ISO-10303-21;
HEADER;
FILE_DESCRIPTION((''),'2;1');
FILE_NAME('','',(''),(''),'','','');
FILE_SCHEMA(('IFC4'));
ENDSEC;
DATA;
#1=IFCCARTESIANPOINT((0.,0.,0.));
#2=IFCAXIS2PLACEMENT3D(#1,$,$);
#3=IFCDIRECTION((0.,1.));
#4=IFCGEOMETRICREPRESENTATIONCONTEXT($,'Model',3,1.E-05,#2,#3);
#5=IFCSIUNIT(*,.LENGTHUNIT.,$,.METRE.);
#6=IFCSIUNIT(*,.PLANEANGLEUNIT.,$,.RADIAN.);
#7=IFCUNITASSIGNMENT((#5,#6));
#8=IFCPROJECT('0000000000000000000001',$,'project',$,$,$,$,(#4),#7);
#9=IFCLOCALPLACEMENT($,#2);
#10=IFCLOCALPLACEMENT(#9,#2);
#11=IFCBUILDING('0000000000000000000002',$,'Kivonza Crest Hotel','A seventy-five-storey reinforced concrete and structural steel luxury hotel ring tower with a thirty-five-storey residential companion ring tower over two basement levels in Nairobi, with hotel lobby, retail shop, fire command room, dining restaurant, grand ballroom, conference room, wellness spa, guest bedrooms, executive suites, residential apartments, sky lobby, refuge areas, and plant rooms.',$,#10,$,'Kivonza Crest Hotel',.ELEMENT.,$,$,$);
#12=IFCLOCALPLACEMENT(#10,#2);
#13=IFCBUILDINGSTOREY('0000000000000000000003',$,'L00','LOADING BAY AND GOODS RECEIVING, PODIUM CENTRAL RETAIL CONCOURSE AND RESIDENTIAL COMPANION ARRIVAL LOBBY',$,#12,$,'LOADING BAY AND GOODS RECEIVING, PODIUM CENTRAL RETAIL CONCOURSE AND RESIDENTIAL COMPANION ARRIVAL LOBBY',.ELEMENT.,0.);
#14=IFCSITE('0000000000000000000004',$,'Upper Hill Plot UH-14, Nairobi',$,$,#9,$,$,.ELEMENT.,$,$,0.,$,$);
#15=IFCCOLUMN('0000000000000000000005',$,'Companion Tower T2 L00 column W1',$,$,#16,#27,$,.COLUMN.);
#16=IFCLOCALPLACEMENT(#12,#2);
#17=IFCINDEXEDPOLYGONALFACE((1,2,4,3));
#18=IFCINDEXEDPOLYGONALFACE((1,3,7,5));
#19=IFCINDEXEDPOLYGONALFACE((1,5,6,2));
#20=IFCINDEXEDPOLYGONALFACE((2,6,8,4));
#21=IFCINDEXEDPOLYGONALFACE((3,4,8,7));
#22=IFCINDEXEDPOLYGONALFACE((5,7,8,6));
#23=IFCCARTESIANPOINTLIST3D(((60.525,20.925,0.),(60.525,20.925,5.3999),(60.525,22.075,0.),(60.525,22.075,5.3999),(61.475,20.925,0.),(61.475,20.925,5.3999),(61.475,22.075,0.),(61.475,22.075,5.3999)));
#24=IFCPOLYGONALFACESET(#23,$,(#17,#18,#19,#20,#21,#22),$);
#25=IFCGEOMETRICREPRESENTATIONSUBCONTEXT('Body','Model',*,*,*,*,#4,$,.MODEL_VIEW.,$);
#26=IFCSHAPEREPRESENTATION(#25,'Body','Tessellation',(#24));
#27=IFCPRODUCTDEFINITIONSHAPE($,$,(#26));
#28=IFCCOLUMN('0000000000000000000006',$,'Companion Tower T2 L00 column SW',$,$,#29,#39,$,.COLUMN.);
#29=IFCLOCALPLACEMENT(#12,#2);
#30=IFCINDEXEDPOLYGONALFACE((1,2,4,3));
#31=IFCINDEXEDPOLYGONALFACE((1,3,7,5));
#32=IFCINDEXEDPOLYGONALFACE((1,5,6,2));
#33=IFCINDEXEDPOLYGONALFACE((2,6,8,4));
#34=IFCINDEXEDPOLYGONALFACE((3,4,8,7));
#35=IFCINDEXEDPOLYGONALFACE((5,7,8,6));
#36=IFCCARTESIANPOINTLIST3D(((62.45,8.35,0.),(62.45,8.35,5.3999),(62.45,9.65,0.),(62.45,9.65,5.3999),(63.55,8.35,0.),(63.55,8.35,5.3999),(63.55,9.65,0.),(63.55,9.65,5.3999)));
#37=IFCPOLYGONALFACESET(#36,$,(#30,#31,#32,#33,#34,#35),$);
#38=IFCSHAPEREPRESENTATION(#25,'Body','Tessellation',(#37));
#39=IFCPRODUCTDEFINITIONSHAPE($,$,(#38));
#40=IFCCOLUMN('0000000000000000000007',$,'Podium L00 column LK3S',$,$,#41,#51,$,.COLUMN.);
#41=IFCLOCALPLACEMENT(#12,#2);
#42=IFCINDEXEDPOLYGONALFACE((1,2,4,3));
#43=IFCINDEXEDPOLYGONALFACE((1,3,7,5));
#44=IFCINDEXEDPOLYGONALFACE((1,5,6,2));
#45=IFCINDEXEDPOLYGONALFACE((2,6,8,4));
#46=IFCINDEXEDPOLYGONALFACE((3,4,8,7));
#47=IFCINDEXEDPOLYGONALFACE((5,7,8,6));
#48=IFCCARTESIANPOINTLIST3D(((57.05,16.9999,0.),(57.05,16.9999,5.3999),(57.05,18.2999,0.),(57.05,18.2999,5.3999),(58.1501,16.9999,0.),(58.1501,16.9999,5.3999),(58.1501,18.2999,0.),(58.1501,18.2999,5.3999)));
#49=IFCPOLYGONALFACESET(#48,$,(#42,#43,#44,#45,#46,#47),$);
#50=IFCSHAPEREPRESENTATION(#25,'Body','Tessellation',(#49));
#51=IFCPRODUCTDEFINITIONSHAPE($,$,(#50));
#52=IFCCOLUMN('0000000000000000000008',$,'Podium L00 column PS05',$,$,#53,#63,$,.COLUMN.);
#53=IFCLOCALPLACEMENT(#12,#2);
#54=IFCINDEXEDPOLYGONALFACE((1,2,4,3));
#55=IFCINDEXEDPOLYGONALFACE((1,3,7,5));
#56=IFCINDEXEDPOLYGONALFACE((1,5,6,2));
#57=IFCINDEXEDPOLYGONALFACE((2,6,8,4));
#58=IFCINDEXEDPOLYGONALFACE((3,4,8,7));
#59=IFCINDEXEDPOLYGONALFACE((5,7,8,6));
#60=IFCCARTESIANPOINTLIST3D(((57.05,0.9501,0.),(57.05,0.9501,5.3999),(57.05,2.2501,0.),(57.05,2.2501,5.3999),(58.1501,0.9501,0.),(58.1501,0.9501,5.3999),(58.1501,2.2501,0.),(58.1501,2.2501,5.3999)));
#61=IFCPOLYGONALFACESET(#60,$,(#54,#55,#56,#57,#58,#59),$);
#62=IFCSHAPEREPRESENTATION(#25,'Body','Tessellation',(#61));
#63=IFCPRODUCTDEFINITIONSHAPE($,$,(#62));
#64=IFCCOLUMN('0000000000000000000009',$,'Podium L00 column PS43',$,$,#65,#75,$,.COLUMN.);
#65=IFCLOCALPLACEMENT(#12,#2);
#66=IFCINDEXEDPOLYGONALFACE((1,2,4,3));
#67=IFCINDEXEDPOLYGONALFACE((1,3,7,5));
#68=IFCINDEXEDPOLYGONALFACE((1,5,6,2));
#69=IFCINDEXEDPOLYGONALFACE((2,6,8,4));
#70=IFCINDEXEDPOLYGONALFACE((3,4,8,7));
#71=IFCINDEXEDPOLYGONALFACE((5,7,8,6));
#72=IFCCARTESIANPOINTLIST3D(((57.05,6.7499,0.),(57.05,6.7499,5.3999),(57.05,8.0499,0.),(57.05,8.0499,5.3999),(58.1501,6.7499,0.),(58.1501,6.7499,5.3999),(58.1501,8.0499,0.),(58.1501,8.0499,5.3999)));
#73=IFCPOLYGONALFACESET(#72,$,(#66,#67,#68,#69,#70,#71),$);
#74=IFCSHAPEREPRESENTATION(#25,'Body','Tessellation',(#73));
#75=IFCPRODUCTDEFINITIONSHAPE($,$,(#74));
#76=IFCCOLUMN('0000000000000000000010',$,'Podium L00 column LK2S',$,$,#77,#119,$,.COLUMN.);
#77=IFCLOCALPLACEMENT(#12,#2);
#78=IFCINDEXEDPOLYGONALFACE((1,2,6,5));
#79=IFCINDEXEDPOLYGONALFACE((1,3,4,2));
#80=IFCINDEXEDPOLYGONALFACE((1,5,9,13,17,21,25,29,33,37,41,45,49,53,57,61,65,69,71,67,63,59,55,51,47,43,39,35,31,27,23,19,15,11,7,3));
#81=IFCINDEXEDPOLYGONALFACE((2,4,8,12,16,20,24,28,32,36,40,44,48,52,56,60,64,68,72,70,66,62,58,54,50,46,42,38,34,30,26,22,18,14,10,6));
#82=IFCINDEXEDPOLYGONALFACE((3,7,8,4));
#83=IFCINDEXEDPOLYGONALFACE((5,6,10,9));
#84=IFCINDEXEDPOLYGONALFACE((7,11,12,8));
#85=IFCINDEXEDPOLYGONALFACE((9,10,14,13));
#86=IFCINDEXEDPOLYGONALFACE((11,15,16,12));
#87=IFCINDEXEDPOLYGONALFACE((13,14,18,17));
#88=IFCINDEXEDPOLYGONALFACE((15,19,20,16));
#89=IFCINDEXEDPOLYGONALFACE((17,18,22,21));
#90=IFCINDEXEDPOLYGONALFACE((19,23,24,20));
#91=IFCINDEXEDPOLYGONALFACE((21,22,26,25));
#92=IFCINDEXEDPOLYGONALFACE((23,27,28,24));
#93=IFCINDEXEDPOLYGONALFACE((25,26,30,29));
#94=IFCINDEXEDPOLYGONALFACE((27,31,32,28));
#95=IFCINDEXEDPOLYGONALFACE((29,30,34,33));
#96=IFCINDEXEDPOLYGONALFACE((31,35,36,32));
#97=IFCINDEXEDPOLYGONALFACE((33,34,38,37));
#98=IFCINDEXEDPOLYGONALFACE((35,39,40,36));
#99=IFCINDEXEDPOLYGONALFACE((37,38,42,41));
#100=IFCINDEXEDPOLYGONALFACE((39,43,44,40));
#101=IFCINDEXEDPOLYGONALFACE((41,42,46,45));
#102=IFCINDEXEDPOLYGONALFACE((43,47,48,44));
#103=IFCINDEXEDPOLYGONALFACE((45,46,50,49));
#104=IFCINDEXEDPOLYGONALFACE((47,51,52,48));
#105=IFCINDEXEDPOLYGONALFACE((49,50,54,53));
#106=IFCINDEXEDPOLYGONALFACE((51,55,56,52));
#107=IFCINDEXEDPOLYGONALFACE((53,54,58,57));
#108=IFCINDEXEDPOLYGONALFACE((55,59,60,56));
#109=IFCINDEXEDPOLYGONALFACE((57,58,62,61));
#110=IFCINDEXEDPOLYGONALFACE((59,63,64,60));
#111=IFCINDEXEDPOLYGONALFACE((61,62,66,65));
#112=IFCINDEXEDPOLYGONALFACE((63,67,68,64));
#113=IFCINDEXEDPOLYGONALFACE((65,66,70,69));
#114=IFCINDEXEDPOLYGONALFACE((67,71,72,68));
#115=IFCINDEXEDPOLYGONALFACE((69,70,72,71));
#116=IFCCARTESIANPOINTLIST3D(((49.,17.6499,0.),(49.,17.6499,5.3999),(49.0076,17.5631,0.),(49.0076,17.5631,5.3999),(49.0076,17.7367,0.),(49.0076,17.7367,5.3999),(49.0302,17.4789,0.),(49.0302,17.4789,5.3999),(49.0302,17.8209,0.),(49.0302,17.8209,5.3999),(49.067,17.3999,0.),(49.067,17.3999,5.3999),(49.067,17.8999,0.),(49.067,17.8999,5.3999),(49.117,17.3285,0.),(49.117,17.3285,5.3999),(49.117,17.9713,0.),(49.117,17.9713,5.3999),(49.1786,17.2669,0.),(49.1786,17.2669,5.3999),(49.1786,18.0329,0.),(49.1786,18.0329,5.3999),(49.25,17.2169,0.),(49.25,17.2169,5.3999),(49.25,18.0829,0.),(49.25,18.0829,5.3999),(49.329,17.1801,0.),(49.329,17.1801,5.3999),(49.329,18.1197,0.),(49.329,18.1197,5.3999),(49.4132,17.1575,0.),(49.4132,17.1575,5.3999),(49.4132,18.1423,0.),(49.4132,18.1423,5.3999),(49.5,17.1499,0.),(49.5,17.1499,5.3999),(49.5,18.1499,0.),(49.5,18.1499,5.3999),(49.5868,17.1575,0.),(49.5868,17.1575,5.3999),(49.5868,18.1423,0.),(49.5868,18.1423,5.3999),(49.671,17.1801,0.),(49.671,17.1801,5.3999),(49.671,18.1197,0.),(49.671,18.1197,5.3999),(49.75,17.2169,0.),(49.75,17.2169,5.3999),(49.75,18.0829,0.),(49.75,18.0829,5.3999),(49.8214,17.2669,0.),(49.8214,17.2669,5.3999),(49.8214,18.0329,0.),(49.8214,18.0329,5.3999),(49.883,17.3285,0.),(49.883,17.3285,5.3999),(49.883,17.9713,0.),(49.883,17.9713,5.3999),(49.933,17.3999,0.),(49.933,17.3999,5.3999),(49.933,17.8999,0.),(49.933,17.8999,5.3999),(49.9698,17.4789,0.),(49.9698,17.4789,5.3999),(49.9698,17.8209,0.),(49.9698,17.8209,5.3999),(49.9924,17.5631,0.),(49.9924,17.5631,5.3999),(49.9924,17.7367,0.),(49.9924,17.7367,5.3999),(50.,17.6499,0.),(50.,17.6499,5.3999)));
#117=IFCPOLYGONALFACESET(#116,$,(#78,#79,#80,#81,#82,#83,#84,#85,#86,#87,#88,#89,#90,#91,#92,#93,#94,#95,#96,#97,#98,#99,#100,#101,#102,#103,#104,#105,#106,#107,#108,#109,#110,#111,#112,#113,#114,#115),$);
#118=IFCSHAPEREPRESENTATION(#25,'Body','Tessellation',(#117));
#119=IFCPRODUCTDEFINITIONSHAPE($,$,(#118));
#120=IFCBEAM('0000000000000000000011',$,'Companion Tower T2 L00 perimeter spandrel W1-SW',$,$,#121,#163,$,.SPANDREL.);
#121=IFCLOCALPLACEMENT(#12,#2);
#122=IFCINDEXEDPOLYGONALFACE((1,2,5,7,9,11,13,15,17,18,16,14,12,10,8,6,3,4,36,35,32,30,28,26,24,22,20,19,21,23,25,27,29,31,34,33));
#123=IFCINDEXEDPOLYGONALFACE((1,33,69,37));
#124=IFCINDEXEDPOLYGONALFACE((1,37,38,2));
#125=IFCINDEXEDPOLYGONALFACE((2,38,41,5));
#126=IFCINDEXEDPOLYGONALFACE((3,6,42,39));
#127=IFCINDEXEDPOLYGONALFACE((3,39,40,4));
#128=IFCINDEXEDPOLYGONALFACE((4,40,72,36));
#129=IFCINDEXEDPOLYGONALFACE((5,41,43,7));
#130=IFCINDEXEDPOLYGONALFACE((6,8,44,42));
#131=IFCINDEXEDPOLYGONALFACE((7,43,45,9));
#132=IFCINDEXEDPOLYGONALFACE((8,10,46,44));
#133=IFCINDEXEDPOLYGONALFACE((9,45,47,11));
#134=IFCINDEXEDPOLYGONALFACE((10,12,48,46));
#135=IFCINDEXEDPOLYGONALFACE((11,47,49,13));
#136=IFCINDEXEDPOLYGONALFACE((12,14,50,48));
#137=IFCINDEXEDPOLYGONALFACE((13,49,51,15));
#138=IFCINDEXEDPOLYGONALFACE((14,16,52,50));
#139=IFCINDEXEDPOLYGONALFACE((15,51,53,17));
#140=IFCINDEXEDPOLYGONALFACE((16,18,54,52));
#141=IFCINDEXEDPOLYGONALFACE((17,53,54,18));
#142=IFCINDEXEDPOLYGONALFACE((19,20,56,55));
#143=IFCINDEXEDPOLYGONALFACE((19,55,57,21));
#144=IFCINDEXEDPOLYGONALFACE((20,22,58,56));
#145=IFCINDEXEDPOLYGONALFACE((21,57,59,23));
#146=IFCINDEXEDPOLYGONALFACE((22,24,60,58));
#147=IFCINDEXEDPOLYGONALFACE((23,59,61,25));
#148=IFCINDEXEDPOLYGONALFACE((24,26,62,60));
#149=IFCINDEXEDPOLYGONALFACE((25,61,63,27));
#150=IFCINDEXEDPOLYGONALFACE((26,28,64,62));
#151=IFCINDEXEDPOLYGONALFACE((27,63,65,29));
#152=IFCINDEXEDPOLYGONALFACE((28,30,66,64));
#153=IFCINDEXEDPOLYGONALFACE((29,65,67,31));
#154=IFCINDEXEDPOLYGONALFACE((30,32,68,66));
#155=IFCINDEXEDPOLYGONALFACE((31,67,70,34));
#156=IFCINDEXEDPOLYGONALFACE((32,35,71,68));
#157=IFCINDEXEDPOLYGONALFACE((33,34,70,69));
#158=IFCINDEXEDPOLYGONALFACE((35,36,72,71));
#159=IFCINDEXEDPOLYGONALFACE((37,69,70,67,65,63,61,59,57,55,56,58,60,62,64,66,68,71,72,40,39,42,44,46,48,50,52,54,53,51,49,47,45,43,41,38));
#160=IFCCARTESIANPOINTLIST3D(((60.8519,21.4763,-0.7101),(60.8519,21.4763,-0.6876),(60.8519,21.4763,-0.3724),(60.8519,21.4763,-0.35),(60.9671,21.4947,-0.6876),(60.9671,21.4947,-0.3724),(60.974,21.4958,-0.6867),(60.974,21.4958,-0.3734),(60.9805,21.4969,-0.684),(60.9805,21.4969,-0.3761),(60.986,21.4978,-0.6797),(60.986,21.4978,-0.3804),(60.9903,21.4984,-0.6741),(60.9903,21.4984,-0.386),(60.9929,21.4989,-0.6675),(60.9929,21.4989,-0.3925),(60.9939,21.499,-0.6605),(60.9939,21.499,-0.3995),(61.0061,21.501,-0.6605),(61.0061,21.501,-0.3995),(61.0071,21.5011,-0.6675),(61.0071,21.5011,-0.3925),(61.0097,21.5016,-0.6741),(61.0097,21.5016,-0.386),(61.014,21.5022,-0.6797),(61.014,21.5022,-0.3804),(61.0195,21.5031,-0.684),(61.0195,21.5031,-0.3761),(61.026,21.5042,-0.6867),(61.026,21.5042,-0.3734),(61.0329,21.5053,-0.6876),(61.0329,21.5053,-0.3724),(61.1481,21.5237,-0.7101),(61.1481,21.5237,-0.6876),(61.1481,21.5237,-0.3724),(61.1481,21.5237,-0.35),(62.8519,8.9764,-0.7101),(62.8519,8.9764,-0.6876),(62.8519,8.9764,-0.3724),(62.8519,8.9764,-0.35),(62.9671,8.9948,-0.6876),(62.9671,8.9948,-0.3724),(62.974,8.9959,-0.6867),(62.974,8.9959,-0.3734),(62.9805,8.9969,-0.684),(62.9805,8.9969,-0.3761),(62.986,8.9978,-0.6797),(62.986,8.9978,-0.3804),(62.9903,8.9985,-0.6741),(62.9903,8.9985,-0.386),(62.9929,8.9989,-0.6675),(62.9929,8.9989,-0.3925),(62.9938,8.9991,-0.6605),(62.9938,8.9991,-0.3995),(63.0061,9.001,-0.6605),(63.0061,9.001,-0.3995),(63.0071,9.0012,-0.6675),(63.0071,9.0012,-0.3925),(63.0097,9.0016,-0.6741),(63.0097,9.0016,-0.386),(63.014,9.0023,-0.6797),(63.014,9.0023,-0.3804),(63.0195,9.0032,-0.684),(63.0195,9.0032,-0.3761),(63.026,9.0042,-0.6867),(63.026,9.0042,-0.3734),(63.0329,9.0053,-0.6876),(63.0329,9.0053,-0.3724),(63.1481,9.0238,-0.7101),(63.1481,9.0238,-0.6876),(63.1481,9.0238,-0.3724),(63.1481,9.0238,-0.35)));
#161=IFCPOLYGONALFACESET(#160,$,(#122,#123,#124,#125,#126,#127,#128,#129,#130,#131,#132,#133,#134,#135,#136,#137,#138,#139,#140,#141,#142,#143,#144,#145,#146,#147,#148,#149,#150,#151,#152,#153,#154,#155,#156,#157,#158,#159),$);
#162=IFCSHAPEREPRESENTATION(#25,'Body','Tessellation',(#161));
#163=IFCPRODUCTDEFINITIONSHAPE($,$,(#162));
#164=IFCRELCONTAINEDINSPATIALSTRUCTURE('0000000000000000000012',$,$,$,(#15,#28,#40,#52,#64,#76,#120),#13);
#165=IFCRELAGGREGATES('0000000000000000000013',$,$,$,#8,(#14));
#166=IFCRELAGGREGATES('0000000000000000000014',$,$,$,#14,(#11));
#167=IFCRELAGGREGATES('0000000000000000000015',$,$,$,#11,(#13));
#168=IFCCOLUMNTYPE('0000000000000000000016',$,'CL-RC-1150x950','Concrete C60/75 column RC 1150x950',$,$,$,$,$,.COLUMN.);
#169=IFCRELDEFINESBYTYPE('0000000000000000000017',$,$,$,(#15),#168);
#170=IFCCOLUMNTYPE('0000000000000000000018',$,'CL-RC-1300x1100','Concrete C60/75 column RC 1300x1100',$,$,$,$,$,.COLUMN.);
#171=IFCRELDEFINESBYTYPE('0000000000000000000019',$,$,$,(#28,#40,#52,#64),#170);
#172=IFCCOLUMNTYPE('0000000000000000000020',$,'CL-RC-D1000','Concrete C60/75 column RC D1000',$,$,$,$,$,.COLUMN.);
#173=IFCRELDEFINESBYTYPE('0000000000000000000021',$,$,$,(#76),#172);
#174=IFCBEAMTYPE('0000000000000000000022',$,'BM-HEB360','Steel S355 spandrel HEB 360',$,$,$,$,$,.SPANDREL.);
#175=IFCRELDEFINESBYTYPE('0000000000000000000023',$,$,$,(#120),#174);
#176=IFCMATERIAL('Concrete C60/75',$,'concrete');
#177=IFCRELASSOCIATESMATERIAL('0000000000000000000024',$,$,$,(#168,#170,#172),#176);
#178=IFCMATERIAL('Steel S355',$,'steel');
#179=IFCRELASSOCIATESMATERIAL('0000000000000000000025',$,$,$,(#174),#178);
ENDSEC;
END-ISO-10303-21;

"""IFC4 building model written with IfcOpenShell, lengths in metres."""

from ifc_helpers import new_model, si_unit, direction, frame, origin, origin_2d, place, context, subcontext, project, spatial, rectangle, circle, i_section, extrude, material, material_profile, profile_set, type_object, element, save


model = new_model("IFC4")

# Units and contexts
model_context = context("Model", 3, precision=1e-05, world=origin(), true_north=direction((0.0, 1.0)))
body_context = subcontext(model_context, "Body", "Model", "MODEL_VIEW")
ifc_project = project(units=[si_unit("LENGTHUNIT", "METRE"), si_unit("PLANEANGLEUNIT", "RADIAN")], contexts=[model_context])

# Site, building, storey
site_placement = place(None, origin())
site = spatial("IfcSite", under=ifc_project, at=site_placement, Name="Upper Hill Plot UH-14, Nairobi", CompositionType="ELEMENT", RefElevation=0.0)
building_placement = place(site_placement, origin())
building = spatial("IfcBuilding", under=site, at=building_placement, Name="Kivonza Crest Hotel", Description="A seventy-five-storey reinforced concrete and structural steel luxury hotel ring tower with a thirty-five-storey residential companion ring tower over two basement levels in Nairobi, with hotel lobby, retail shop, fire command room, dining restaurant, grand ballroom, conference room, wellness spa, guest bedrooms, executive suites, residential apartments, sky lobby, refuge areas, and plant rooms.", LongName="Kivonza Crest Hotel", CompositionType="ELEMENT")
storey_placement = place(building_placement, origin())
storey = spatial("IfcBuildingStorey", under=building, at=storey_placement, Name="L00", Description="LOADING BAY AND GOODS RECEIVING, PODIUM CENTRAL RETAIL CONCOURSE AND RESIDENTIAL COMPANION ARRIVAL LOBBY", LongName="LOADING BAY AND GOODS RECEIVING, PODIUM CENTRAL RETAIL CONCOURSE AND RESIDENTIAL COMPANION ARRIVAL LOBBY", CompositionType="ELEMENT", Elevation=0.0)

# Columns
ifc_material_1 = material(Name="Concrete C60/75", Category="concrete")
ifc_material_profile_1 = material_profile(ifc_material_1, rectangle(XDim=0.95, YDim=1.1499, at=origin_2d()), Name="RC 1150x950")
ifc_profile_set_1 = profile_set([ifc_material_profile_1], Name="Concrete C60/75")
column_type_1 = type_object("IfcColumnType", Name="CL-RC-1150x950", Description="Concrete C60/75 column RC 1150x950", PredefinedType="COLUMN", material=ifc_profile_set_1)
column_1_placement = place(storey_placement, frame((61.0, 21.5, 0.0), z_axis=(0.0, 0.0, 1.0), x_axis=(1.0, 0.0, 0.0)))
element("IfcColumn", 1, at=column_1_placement, inside=storey, type_object=column_type_1, Name="Companion Tower T2 L00 column W1", PredefinedType="COLUMN", context=body_context, shape_type="SweptSolid", body=[
    extrude(rectangle(XDim=0.95, YDim=1.1499, at=origin_2d()), origin(), (0.0, 0.0, 1.0), 5.3999),
])
ifc_material_profile_2 = material_profile(ifc_material_1, rectangle(XDim=1.1001, YDim=1.3, at=origin_2d()), Name="RC 1300x1100")
ifc_profile_set_2 = profile_set([ifc_material_profile_2], Name="Concrete C60/75")
column_type_2 = type_object("IfcColumnType", Name="CL-RC-1300x1100", Description="Concrete C60/75 column RC 1300x1100", PredefinedType="COLUMN", material=ifc_profile_set_2)
for number, where, z_axis, x_axis, name in (
    (2, (63.0, 9.0, 0.0), (0.0, 0.0, 1.0), (1.0, 0.0, 0.0), "Companion Tower T2 L00 column SW"),
    (3, (57.6001, 17.6499, 0.0), (0.0, 0.0, 1.0), (1.0, 0.0, 0.0), "Podium L00 column LK3S"),
    (4, (57.6001, 1.6001, 0.0), (0.0, 0.0, 1.0), (1.0, 0.0, 0.0), "Podium L00 column PS05"),
    (5, (57.6001, 7.3999, 0.0), (0.0, 0.0, 1.0), (1.0, 0.0, 0.0), "Podium L00 column PS43"),
):
    element("IfcColumn", number, at=place(storey_placement, frame(where, z_axis=z_axis, x_axis=x_axis)), inside=storey, type_object=column_type_2, Name=name, PredefinedType="COLUMN", context=body_context, shape_type="SweptSolid", body=[
        extrude(rectangle(XDim=1.1001, YDim=1.3, at=origin_2d()), origin(), (0.0, 0.0, 1.0), 5.3999),
    ])
ifc_material_profile_3 = material_profile(ifc_material_1, circle(Radius=0.5, at=origin_2d()), Name="RC D1000")
ifc_profile_set_3 = profile_set([ifc_material_profile_3], Name="Concrete C60/75")
column_type_3 = type_object("IfcColumnType", Name="CL-RC-D1000", Description="Concrete C60/75 column RC D1000", PredefinedType="COLUMN", material=ifc_profile_set_3)
column_2_placement = place(storey_placement, frame((49.5, 17.6499, 0.0), z_axis=(0.0, 0.0, 1.0), x_axis=(1.0, 0.0, 0.0)))
element("IfcColumn", 6, at=column_2_placement, inside=storey, type_object=column_type_3, Name="Podium L00 column LK2S", PredefinedType="COLUMN", context=body_context, shape_type="SweptSolid", body=[
    extrude(circle(Radius=0.5, at=origin_2d()), origin(), (0.0, 0.0, 1.0), 5.3999),
])

# Beam
ifc_material_2 = material(Name="Steel S355", Category="steel")
ifc_material_profile_4 = material_profile(ifc_material_2, i_section(OverallWidth=0.3, OverallDepth=0.3601, WebThickness=0.0125, FlangeThickness=0.0225, FilletRadius=0.0271, at=origin_2d()), Name="HEB 360")
ifc_profile_set_4 = profile_set([ifc_material_profile_4], Name="Steel S355")
beam_type_1 = type_object("IfcBeamType", Name="BM-HEB360", Description="Steel S355 spandrel HEB 360", PredefinedType="SPANDREL", material=ifc_profile_set_4)
beam_1_placement = place(storey_placement, frame((61.0, 21.5, -0.53), z_axis=(0.157991, -0.987441, 0.0), x_axis=(0.987441, 0.157991, 0.0)))
element("IfcBeam", 7, at=beam_1_placement, inside=storey, type_object=beam_type_1, Name="Companion Tower T2 L00 perimeter spandrel W1-SW", PredefinedType="SPANDREL", context=body_context, shape_type="SweptSolid", body=[
    extrude(i_section(OverallWidth=0.3, OverallDepth=0.3601, WebThickness=0.0125, FlangeThickness=0.0225, FilletRadius=0.0271, at=origin_2d()), origin(), (0.0, 0.0, 1.0), 12.6589),
])

save(model, "model.ifc")
